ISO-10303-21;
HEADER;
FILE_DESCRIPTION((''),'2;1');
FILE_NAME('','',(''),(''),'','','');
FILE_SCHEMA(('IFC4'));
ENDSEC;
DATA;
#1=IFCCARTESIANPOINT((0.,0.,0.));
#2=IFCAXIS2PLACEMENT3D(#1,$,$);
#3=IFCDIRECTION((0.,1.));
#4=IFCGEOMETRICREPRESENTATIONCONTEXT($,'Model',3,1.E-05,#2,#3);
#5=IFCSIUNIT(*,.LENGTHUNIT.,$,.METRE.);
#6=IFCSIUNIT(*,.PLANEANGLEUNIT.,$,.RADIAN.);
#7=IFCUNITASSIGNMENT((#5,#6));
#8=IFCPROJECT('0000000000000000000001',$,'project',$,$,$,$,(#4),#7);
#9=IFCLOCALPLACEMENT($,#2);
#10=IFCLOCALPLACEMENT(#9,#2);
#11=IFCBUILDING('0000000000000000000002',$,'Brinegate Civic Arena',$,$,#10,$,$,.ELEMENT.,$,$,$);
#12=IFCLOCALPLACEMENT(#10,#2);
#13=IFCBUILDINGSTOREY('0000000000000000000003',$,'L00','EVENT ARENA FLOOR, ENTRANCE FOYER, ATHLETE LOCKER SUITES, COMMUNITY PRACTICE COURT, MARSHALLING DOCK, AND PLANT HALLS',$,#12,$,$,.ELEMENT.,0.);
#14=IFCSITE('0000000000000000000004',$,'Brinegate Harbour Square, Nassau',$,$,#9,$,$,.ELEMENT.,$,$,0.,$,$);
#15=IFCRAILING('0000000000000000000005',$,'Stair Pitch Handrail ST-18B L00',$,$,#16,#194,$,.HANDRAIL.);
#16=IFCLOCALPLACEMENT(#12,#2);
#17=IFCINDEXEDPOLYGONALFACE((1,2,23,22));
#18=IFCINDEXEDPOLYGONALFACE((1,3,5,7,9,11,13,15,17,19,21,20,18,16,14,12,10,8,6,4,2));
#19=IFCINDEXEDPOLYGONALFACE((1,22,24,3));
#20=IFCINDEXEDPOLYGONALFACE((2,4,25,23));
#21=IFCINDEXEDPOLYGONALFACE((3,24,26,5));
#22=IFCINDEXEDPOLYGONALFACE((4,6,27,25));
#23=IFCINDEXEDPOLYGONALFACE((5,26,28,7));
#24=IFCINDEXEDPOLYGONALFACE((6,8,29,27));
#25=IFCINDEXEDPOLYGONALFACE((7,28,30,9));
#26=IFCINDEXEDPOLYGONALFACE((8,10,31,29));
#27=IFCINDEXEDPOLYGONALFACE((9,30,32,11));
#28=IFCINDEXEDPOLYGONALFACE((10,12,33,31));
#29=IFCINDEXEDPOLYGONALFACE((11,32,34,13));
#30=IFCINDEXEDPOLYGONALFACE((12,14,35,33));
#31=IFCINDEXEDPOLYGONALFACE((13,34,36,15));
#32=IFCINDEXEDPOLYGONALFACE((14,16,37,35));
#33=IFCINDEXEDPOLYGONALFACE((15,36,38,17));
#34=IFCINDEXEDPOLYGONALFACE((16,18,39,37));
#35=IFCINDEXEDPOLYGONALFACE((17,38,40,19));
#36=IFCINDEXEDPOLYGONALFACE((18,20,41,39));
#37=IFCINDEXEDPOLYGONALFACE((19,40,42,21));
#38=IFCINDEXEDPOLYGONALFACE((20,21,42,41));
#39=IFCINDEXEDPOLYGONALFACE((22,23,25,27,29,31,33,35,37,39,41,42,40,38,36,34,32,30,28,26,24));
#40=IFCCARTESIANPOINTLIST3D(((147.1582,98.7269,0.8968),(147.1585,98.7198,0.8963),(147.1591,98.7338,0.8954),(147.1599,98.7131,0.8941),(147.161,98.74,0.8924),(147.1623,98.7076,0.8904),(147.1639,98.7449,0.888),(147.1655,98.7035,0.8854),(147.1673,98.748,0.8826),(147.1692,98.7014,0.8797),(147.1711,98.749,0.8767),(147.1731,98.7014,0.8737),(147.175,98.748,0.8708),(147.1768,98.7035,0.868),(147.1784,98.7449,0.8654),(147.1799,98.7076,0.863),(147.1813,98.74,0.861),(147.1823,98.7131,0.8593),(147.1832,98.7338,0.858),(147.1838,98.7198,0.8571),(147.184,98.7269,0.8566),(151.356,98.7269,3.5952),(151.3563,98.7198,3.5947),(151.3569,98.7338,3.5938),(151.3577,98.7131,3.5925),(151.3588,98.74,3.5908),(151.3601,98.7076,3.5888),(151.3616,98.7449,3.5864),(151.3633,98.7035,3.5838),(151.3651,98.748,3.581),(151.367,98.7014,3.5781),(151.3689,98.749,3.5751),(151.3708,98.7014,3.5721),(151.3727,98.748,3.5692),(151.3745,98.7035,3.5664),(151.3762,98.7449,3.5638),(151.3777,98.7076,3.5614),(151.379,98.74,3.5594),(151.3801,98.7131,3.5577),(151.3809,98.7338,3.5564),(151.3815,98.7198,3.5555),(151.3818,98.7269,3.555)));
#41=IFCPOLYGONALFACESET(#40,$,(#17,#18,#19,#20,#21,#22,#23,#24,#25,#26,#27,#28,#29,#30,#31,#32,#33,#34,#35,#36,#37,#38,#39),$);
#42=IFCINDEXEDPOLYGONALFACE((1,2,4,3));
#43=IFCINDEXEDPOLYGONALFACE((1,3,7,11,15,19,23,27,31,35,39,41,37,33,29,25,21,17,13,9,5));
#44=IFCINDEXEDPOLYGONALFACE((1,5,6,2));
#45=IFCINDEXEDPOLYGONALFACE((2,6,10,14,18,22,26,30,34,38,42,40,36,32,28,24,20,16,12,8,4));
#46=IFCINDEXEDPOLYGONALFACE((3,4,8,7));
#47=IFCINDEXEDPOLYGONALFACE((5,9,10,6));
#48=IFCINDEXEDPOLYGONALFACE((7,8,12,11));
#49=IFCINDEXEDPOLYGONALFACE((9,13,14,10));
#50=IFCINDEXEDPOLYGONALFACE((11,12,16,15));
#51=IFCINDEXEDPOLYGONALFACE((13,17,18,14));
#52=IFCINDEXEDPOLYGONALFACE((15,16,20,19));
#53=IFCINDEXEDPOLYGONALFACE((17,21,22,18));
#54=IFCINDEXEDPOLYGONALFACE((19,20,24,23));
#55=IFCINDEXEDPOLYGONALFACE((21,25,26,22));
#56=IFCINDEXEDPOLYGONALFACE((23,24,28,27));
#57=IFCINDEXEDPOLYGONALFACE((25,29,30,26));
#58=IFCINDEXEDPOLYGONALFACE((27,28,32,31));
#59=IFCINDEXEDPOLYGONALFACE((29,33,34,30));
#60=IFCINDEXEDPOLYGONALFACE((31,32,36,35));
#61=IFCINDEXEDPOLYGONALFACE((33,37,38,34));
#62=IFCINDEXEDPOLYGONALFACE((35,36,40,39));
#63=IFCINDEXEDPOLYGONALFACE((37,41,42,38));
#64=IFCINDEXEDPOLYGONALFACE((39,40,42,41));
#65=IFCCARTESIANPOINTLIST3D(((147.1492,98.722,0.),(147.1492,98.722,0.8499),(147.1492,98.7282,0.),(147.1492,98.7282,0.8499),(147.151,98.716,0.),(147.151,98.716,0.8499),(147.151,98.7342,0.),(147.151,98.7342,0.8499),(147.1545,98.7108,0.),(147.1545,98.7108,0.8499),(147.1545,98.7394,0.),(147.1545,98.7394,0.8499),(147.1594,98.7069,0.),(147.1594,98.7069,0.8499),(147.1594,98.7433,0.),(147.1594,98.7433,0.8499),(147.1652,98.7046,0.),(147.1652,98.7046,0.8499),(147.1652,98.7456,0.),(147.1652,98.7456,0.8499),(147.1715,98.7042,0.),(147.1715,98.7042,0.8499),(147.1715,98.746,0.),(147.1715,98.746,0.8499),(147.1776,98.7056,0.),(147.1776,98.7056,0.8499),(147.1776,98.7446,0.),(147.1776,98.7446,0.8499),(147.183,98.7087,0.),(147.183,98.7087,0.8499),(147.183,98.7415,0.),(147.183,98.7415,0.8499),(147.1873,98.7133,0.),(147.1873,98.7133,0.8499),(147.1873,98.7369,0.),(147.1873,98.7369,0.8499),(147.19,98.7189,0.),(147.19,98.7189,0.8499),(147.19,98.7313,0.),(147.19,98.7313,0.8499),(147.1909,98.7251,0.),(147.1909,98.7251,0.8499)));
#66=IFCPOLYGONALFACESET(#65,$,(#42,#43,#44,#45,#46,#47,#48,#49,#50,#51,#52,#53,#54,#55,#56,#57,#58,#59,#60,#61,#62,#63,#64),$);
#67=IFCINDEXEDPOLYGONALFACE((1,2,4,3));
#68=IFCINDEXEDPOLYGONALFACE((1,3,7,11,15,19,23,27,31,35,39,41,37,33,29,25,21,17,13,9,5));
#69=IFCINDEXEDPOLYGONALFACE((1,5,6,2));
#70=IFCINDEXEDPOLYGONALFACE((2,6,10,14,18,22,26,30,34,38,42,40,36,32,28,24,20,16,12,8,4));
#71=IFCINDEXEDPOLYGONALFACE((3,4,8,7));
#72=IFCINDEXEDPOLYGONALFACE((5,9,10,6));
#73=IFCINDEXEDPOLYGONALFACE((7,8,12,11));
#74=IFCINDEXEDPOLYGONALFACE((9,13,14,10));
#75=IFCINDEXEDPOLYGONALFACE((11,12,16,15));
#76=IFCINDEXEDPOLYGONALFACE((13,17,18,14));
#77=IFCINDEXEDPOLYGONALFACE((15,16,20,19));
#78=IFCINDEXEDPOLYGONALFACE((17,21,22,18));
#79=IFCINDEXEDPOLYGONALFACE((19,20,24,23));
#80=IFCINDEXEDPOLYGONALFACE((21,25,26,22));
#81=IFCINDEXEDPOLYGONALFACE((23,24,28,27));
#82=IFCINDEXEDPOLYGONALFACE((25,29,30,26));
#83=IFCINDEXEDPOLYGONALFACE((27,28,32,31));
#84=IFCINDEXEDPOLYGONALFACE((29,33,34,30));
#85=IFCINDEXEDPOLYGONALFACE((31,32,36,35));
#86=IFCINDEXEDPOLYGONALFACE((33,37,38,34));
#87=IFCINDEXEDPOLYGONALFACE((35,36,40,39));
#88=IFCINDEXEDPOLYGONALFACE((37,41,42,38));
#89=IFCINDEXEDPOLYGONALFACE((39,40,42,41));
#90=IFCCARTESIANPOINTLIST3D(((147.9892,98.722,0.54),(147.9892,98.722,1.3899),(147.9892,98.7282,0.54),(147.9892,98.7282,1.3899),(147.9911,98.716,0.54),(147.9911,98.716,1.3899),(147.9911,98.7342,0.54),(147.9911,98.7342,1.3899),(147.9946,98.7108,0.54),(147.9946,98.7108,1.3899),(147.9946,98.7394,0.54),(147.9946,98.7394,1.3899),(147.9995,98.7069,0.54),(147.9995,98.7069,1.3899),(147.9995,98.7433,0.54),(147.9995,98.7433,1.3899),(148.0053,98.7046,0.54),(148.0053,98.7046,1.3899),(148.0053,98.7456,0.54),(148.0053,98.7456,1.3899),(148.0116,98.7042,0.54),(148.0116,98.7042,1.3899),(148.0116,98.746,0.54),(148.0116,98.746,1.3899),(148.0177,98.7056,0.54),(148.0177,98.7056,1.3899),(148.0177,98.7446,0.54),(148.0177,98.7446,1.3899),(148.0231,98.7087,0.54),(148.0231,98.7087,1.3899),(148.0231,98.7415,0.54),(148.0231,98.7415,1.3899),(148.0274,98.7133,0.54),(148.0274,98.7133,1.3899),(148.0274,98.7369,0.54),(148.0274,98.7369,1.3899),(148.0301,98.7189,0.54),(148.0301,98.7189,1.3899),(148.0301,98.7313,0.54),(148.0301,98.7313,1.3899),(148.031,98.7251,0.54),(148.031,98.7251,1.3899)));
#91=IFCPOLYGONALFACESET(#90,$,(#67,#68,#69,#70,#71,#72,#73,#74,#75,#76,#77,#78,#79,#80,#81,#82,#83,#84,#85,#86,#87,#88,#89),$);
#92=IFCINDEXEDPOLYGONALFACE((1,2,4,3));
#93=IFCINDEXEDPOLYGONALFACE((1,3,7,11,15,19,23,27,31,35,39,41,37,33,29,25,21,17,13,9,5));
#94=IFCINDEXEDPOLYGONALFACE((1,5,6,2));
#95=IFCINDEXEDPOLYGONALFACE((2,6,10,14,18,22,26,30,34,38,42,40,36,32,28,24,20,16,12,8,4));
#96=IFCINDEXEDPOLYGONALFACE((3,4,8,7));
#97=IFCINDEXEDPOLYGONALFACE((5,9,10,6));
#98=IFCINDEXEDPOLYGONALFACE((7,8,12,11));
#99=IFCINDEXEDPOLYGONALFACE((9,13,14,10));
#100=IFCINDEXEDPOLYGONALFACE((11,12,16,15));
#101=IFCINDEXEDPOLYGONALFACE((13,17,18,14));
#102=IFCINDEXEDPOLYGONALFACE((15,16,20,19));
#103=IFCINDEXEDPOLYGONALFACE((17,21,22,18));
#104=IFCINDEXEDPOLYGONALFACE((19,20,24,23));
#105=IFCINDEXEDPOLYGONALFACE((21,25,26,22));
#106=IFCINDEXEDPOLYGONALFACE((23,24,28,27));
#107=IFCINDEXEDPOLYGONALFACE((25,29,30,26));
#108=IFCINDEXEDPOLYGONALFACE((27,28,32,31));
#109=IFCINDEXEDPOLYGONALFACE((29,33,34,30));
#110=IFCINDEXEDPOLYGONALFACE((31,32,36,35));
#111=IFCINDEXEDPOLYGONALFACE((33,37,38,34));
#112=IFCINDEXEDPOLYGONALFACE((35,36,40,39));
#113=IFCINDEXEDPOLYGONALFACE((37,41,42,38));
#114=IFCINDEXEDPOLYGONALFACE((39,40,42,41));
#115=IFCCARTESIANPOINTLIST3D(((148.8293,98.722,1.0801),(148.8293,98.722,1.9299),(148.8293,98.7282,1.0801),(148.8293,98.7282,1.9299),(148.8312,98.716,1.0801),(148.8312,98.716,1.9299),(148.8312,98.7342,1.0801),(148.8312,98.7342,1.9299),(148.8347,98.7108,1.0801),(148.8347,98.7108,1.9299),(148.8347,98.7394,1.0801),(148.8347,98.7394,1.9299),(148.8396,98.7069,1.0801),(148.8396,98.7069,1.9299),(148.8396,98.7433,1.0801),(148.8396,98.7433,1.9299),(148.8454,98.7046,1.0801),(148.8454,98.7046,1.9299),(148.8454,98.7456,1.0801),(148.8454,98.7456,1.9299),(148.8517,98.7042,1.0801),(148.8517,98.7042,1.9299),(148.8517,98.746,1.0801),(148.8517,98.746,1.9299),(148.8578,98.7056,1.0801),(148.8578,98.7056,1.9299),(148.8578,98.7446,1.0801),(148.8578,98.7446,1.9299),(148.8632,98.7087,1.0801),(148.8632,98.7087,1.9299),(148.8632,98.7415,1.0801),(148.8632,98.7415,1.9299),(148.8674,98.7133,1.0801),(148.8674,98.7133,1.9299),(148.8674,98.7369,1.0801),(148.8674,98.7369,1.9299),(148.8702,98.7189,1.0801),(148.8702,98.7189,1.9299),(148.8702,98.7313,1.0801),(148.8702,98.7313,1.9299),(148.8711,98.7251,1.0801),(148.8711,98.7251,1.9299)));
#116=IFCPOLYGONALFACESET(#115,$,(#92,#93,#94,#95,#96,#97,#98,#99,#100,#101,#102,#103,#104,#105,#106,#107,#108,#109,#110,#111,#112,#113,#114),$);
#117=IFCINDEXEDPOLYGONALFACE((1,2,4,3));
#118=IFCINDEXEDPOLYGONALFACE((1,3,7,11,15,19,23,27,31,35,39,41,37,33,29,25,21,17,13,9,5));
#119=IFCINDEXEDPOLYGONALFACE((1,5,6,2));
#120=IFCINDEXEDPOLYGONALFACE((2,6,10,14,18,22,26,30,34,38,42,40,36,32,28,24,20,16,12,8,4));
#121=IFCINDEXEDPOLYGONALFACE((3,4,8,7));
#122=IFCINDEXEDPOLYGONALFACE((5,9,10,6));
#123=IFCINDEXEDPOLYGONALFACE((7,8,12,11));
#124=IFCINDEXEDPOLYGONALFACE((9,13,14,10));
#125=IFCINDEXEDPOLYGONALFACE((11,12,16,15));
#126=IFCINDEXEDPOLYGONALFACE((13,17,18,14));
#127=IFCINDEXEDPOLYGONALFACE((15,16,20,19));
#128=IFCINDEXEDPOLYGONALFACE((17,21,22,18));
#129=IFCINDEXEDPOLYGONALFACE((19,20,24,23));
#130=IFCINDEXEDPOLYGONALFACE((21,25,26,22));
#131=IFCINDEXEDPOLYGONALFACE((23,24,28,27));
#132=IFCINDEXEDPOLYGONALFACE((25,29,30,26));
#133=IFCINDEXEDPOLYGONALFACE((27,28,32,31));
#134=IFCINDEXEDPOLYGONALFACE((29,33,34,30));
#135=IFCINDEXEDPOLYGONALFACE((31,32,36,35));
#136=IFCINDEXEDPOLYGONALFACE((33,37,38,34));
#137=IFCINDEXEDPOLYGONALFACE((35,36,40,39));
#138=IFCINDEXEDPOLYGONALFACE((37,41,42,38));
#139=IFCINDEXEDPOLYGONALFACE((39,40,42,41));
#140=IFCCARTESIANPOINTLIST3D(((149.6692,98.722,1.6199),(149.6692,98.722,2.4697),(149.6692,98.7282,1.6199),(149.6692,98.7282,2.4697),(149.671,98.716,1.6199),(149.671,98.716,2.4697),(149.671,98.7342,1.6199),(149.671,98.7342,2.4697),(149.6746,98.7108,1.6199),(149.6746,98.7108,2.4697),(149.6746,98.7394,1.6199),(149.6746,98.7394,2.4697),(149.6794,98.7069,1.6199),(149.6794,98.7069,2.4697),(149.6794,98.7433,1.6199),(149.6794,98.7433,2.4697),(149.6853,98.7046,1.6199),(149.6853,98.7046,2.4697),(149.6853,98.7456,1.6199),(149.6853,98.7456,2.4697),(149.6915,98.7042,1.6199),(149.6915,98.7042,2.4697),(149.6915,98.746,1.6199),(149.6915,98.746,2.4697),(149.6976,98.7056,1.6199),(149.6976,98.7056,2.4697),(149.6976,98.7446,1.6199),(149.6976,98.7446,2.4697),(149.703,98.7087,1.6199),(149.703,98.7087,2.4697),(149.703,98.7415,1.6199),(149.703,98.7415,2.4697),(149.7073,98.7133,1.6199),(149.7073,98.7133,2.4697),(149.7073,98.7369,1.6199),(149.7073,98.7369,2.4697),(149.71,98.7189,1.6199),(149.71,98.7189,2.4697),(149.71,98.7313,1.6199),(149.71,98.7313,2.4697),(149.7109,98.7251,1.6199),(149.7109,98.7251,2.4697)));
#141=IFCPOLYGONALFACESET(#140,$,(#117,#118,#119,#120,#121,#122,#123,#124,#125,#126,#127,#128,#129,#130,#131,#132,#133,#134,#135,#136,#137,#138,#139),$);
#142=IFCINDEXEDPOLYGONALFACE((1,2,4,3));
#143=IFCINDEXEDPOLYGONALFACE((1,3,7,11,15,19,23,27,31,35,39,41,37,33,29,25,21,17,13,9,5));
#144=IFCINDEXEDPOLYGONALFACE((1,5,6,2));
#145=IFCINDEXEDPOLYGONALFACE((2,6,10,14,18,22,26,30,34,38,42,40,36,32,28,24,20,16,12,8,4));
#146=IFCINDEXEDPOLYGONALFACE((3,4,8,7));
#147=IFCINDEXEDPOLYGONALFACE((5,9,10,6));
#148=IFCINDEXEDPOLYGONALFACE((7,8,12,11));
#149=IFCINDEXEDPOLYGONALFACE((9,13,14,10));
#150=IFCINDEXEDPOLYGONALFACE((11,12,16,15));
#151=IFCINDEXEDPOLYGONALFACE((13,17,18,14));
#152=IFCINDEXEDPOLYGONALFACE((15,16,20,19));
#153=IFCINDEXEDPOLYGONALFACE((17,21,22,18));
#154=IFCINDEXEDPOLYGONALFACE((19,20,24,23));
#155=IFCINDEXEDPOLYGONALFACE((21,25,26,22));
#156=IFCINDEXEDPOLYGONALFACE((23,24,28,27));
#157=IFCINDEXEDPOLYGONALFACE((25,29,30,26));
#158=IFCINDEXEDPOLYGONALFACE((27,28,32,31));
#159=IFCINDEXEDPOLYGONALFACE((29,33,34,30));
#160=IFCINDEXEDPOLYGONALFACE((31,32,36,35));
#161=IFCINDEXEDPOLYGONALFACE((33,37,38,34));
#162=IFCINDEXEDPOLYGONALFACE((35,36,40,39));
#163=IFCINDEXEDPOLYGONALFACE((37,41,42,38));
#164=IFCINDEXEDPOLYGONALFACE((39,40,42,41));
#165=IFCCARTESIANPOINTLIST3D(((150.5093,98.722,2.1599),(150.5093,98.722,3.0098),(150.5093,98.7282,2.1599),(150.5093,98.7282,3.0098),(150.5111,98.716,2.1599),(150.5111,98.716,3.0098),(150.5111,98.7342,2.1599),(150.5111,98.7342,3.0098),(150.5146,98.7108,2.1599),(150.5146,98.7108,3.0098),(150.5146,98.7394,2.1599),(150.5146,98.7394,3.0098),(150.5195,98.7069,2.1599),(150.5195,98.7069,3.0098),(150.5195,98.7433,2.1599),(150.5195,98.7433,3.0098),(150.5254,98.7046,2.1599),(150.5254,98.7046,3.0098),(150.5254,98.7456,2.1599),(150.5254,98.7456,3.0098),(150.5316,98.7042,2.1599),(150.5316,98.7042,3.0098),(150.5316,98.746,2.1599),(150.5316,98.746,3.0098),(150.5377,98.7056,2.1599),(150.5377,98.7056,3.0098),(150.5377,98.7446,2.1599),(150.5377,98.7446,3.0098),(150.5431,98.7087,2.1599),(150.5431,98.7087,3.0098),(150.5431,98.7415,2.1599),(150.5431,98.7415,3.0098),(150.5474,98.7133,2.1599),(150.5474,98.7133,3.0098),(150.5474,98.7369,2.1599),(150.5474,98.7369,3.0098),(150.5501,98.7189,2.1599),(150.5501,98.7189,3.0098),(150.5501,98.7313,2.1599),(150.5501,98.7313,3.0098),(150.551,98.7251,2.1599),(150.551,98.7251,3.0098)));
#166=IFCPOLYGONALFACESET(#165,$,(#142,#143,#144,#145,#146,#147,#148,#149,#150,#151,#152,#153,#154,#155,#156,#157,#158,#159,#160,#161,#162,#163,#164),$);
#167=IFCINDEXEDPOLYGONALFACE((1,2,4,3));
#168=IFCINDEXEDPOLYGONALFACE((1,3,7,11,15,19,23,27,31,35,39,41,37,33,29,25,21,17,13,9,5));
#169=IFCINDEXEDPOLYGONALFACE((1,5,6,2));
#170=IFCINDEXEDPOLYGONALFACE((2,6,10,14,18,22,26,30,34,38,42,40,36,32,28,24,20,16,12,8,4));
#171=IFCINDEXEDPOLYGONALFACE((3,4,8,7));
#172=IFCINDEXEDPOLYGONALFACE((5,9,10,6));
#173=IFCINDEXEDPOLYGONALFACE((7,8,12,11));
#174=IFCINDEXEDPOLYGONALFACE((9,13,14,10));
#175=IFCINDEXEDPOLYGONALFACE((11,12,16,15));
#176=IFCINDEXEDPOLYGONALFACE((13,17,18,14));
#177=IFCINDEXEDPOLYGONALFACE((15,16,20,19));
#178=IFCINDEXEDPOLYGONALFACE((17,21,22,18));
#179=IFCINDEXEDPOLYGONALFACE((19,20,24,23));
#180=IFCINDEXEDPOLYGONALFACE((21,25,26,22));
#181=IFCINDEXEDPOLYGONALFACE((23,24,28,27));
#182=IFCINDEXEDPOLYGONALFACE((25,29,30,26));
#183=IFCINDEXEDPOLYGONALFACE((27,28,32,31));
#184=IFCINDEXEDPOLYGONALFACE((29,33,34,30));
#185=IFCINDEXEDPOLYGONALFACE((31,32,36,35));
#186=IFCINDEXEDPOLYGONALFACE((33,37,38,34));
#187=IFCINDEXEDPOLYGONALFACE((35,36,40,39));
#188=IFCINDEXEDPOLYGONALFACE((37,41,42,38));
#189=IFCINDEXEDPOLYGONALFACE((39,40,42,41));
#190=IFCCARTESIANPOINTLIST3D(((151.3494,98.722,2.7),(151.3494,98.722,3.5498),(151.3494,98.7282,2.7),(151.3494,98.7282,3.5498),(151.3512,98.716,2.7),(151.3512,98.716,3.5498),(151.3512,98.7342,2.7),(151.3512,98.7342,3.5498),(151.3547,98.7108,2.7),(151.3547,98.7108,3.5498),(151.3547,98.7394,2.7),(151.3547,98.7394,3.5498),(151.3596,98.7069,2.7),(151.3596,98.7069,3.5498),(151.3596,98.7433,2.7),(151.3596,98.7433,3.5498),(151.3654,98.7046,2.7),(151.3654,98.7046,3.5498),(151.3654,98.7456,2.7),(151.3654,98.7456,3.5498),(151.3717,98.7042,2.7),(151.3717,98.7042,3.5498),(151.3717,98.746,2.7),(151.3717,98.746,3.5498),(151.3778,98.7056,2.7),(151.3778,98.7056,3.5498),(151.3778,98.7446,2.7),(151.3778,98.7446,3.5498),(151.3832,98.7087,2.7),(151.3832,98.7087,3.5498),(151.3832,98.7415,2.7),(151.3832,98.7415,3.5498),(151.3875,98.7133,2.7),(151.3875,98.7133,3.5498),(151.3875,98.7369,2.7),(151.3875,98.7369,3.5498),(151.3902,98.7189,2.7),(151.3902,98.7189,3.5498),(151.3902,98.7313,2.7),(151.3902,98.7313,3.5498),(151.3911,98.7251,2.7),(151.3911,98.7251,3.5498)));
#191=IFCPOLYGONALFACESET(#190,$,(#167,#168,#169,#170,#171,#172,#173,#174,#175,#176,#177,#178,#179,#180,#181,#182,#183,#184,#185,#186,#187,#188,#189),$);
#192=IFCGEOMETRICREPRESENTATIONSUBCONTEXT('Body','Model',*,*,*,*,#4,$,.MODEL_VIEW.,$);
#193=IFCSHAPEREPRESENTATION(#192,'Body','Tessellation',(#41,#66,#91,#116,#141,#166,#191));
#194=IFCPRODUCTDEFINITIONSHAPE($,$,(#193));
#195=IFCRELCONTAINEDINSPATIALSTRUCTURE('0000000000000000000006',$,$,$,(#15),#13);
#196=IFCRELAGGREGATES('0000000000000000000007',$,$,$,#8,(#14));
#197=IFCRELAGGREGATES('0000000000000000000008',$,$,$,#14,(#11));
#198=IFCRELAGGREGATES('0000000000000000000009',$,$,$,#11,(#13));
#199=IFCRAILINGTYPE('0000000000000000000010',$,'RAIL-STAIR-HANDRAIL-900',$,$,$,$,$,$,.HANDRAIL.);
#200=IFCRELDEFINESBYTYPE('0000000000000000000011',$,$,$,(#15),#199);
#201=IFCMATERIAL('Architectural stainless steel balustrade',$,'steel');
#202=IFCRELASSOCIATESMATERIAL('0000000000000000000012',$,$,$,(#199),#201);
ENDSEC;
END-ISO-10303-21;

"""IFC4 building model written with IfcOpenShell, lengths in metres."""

from ifc_helpers import new_model, si_unit, direction, frame, origin, origin_2d, place, context, subcontext, project, spatial, circle, extrude, material, type_object, element, save


model = new_model("IFC4")

# Units and contexts
model_context = context("Model", 3, precision=1e-05, world=origin(), true_north=direction((0.0, 1.0)))
body_context = subcontext(model_context, "Body", "Model", "MODEL_VIEW")
ifc_project = project(units=[si_unit("LENGTHUNIT", "METRE"), si_unit("PLANEANGLEUNIT", "RADIAN")], contexts=[model_context])

# Site, building, storey
site_placement = place(None, origin())
site = spatial("IfcSite", under=ifc_project, at=site_placement, Name="Brinegate Harbour Square, Nassau", CompositionType="ELEMENT", RefElevation=0.0)
building_placement = place(site_placement, origin())
building = spatial("IfcBuilding", under=site, at=building_placement, Name="Brinegate Civic Arena", CompositionType="ELEMENT")
storey_placement = place(building_placement, origin())
storey = spatial("IfcBuildingStorey", under=building, at=storey_placement, Name="L00", Description="EVENT ARENA FLOOR, ENTRANCE FOYER, ATHLETE LOCKER SUITES, COMMUNITY PRACTICE COURT, MARSHALLING DOCK, AND PLANT HALLS", CompositionType="ELEMENT", Elevation=0.0)

# Railing
ifc_material_1 = material(Name="Architectural stainless steel balustrade", Category="steel")
railing_type = type_object("IfcRailingType", Name="RAIL-STAIR-HANDRAIL-900", PredefinedType="HANDRAIL", material=ifc_material_1)
railing_placement = place(storey_placement, frame((147.1699, 98.7251, 0.0)))
element("IfcRailing", 1, at=railing_placement, inside=storey, type_object=railing_type, Name="Stair Pitch Handrail ST-18B L00", PredefinedType="HANDRAIL", context=body_context, shape_type="SweptSolid", body=[
    extrude(circle(Radius=0.0239, at=origin_2d()), frame((0.0012, 0.0, 0.8767), z_axis=(0.841194, 0.0, 0.540733), x_axis=(0.0, 1.0, 0.0)), (0.0, 0.0, 1.0), 4.9902),
    extrude(circle(Radius=0.021, at=origin_2d()), origin(), (0.0, 0.0, 1.0), 0.8499),
    extrude(circle(Radius=0.021, at=origin_2d()), frame((0.8401, 0.0, 0.54)), (0.0, 0.0, 1.0), 0.8499),
    extrude(circle(Radius=0.021, at=origin_2d()), frame((1.6802, 0.0, 1.0801)), (0.0, 0.0, 1.0), 0.8499),
    extrude(circle(Radius=0.021, at=origin_2d()), frame((2.52, 0.0, 1.6199)), (0.0, 0.0, 1.0), 0.8499),
    extrude(circle(Radius=0.021, at=origin_2d()), frame((3.3601, 0.0, 2.1599)), (0.0, 0.0, 1.0), 0.8499),
    extrude(circle(Radius=0.021, at=origin_2d()), frame((4.2002, 0.0, 2.7)), (0.0, 0.0, 1.0), 0.8499),
])

save(model, "model.ifc")
